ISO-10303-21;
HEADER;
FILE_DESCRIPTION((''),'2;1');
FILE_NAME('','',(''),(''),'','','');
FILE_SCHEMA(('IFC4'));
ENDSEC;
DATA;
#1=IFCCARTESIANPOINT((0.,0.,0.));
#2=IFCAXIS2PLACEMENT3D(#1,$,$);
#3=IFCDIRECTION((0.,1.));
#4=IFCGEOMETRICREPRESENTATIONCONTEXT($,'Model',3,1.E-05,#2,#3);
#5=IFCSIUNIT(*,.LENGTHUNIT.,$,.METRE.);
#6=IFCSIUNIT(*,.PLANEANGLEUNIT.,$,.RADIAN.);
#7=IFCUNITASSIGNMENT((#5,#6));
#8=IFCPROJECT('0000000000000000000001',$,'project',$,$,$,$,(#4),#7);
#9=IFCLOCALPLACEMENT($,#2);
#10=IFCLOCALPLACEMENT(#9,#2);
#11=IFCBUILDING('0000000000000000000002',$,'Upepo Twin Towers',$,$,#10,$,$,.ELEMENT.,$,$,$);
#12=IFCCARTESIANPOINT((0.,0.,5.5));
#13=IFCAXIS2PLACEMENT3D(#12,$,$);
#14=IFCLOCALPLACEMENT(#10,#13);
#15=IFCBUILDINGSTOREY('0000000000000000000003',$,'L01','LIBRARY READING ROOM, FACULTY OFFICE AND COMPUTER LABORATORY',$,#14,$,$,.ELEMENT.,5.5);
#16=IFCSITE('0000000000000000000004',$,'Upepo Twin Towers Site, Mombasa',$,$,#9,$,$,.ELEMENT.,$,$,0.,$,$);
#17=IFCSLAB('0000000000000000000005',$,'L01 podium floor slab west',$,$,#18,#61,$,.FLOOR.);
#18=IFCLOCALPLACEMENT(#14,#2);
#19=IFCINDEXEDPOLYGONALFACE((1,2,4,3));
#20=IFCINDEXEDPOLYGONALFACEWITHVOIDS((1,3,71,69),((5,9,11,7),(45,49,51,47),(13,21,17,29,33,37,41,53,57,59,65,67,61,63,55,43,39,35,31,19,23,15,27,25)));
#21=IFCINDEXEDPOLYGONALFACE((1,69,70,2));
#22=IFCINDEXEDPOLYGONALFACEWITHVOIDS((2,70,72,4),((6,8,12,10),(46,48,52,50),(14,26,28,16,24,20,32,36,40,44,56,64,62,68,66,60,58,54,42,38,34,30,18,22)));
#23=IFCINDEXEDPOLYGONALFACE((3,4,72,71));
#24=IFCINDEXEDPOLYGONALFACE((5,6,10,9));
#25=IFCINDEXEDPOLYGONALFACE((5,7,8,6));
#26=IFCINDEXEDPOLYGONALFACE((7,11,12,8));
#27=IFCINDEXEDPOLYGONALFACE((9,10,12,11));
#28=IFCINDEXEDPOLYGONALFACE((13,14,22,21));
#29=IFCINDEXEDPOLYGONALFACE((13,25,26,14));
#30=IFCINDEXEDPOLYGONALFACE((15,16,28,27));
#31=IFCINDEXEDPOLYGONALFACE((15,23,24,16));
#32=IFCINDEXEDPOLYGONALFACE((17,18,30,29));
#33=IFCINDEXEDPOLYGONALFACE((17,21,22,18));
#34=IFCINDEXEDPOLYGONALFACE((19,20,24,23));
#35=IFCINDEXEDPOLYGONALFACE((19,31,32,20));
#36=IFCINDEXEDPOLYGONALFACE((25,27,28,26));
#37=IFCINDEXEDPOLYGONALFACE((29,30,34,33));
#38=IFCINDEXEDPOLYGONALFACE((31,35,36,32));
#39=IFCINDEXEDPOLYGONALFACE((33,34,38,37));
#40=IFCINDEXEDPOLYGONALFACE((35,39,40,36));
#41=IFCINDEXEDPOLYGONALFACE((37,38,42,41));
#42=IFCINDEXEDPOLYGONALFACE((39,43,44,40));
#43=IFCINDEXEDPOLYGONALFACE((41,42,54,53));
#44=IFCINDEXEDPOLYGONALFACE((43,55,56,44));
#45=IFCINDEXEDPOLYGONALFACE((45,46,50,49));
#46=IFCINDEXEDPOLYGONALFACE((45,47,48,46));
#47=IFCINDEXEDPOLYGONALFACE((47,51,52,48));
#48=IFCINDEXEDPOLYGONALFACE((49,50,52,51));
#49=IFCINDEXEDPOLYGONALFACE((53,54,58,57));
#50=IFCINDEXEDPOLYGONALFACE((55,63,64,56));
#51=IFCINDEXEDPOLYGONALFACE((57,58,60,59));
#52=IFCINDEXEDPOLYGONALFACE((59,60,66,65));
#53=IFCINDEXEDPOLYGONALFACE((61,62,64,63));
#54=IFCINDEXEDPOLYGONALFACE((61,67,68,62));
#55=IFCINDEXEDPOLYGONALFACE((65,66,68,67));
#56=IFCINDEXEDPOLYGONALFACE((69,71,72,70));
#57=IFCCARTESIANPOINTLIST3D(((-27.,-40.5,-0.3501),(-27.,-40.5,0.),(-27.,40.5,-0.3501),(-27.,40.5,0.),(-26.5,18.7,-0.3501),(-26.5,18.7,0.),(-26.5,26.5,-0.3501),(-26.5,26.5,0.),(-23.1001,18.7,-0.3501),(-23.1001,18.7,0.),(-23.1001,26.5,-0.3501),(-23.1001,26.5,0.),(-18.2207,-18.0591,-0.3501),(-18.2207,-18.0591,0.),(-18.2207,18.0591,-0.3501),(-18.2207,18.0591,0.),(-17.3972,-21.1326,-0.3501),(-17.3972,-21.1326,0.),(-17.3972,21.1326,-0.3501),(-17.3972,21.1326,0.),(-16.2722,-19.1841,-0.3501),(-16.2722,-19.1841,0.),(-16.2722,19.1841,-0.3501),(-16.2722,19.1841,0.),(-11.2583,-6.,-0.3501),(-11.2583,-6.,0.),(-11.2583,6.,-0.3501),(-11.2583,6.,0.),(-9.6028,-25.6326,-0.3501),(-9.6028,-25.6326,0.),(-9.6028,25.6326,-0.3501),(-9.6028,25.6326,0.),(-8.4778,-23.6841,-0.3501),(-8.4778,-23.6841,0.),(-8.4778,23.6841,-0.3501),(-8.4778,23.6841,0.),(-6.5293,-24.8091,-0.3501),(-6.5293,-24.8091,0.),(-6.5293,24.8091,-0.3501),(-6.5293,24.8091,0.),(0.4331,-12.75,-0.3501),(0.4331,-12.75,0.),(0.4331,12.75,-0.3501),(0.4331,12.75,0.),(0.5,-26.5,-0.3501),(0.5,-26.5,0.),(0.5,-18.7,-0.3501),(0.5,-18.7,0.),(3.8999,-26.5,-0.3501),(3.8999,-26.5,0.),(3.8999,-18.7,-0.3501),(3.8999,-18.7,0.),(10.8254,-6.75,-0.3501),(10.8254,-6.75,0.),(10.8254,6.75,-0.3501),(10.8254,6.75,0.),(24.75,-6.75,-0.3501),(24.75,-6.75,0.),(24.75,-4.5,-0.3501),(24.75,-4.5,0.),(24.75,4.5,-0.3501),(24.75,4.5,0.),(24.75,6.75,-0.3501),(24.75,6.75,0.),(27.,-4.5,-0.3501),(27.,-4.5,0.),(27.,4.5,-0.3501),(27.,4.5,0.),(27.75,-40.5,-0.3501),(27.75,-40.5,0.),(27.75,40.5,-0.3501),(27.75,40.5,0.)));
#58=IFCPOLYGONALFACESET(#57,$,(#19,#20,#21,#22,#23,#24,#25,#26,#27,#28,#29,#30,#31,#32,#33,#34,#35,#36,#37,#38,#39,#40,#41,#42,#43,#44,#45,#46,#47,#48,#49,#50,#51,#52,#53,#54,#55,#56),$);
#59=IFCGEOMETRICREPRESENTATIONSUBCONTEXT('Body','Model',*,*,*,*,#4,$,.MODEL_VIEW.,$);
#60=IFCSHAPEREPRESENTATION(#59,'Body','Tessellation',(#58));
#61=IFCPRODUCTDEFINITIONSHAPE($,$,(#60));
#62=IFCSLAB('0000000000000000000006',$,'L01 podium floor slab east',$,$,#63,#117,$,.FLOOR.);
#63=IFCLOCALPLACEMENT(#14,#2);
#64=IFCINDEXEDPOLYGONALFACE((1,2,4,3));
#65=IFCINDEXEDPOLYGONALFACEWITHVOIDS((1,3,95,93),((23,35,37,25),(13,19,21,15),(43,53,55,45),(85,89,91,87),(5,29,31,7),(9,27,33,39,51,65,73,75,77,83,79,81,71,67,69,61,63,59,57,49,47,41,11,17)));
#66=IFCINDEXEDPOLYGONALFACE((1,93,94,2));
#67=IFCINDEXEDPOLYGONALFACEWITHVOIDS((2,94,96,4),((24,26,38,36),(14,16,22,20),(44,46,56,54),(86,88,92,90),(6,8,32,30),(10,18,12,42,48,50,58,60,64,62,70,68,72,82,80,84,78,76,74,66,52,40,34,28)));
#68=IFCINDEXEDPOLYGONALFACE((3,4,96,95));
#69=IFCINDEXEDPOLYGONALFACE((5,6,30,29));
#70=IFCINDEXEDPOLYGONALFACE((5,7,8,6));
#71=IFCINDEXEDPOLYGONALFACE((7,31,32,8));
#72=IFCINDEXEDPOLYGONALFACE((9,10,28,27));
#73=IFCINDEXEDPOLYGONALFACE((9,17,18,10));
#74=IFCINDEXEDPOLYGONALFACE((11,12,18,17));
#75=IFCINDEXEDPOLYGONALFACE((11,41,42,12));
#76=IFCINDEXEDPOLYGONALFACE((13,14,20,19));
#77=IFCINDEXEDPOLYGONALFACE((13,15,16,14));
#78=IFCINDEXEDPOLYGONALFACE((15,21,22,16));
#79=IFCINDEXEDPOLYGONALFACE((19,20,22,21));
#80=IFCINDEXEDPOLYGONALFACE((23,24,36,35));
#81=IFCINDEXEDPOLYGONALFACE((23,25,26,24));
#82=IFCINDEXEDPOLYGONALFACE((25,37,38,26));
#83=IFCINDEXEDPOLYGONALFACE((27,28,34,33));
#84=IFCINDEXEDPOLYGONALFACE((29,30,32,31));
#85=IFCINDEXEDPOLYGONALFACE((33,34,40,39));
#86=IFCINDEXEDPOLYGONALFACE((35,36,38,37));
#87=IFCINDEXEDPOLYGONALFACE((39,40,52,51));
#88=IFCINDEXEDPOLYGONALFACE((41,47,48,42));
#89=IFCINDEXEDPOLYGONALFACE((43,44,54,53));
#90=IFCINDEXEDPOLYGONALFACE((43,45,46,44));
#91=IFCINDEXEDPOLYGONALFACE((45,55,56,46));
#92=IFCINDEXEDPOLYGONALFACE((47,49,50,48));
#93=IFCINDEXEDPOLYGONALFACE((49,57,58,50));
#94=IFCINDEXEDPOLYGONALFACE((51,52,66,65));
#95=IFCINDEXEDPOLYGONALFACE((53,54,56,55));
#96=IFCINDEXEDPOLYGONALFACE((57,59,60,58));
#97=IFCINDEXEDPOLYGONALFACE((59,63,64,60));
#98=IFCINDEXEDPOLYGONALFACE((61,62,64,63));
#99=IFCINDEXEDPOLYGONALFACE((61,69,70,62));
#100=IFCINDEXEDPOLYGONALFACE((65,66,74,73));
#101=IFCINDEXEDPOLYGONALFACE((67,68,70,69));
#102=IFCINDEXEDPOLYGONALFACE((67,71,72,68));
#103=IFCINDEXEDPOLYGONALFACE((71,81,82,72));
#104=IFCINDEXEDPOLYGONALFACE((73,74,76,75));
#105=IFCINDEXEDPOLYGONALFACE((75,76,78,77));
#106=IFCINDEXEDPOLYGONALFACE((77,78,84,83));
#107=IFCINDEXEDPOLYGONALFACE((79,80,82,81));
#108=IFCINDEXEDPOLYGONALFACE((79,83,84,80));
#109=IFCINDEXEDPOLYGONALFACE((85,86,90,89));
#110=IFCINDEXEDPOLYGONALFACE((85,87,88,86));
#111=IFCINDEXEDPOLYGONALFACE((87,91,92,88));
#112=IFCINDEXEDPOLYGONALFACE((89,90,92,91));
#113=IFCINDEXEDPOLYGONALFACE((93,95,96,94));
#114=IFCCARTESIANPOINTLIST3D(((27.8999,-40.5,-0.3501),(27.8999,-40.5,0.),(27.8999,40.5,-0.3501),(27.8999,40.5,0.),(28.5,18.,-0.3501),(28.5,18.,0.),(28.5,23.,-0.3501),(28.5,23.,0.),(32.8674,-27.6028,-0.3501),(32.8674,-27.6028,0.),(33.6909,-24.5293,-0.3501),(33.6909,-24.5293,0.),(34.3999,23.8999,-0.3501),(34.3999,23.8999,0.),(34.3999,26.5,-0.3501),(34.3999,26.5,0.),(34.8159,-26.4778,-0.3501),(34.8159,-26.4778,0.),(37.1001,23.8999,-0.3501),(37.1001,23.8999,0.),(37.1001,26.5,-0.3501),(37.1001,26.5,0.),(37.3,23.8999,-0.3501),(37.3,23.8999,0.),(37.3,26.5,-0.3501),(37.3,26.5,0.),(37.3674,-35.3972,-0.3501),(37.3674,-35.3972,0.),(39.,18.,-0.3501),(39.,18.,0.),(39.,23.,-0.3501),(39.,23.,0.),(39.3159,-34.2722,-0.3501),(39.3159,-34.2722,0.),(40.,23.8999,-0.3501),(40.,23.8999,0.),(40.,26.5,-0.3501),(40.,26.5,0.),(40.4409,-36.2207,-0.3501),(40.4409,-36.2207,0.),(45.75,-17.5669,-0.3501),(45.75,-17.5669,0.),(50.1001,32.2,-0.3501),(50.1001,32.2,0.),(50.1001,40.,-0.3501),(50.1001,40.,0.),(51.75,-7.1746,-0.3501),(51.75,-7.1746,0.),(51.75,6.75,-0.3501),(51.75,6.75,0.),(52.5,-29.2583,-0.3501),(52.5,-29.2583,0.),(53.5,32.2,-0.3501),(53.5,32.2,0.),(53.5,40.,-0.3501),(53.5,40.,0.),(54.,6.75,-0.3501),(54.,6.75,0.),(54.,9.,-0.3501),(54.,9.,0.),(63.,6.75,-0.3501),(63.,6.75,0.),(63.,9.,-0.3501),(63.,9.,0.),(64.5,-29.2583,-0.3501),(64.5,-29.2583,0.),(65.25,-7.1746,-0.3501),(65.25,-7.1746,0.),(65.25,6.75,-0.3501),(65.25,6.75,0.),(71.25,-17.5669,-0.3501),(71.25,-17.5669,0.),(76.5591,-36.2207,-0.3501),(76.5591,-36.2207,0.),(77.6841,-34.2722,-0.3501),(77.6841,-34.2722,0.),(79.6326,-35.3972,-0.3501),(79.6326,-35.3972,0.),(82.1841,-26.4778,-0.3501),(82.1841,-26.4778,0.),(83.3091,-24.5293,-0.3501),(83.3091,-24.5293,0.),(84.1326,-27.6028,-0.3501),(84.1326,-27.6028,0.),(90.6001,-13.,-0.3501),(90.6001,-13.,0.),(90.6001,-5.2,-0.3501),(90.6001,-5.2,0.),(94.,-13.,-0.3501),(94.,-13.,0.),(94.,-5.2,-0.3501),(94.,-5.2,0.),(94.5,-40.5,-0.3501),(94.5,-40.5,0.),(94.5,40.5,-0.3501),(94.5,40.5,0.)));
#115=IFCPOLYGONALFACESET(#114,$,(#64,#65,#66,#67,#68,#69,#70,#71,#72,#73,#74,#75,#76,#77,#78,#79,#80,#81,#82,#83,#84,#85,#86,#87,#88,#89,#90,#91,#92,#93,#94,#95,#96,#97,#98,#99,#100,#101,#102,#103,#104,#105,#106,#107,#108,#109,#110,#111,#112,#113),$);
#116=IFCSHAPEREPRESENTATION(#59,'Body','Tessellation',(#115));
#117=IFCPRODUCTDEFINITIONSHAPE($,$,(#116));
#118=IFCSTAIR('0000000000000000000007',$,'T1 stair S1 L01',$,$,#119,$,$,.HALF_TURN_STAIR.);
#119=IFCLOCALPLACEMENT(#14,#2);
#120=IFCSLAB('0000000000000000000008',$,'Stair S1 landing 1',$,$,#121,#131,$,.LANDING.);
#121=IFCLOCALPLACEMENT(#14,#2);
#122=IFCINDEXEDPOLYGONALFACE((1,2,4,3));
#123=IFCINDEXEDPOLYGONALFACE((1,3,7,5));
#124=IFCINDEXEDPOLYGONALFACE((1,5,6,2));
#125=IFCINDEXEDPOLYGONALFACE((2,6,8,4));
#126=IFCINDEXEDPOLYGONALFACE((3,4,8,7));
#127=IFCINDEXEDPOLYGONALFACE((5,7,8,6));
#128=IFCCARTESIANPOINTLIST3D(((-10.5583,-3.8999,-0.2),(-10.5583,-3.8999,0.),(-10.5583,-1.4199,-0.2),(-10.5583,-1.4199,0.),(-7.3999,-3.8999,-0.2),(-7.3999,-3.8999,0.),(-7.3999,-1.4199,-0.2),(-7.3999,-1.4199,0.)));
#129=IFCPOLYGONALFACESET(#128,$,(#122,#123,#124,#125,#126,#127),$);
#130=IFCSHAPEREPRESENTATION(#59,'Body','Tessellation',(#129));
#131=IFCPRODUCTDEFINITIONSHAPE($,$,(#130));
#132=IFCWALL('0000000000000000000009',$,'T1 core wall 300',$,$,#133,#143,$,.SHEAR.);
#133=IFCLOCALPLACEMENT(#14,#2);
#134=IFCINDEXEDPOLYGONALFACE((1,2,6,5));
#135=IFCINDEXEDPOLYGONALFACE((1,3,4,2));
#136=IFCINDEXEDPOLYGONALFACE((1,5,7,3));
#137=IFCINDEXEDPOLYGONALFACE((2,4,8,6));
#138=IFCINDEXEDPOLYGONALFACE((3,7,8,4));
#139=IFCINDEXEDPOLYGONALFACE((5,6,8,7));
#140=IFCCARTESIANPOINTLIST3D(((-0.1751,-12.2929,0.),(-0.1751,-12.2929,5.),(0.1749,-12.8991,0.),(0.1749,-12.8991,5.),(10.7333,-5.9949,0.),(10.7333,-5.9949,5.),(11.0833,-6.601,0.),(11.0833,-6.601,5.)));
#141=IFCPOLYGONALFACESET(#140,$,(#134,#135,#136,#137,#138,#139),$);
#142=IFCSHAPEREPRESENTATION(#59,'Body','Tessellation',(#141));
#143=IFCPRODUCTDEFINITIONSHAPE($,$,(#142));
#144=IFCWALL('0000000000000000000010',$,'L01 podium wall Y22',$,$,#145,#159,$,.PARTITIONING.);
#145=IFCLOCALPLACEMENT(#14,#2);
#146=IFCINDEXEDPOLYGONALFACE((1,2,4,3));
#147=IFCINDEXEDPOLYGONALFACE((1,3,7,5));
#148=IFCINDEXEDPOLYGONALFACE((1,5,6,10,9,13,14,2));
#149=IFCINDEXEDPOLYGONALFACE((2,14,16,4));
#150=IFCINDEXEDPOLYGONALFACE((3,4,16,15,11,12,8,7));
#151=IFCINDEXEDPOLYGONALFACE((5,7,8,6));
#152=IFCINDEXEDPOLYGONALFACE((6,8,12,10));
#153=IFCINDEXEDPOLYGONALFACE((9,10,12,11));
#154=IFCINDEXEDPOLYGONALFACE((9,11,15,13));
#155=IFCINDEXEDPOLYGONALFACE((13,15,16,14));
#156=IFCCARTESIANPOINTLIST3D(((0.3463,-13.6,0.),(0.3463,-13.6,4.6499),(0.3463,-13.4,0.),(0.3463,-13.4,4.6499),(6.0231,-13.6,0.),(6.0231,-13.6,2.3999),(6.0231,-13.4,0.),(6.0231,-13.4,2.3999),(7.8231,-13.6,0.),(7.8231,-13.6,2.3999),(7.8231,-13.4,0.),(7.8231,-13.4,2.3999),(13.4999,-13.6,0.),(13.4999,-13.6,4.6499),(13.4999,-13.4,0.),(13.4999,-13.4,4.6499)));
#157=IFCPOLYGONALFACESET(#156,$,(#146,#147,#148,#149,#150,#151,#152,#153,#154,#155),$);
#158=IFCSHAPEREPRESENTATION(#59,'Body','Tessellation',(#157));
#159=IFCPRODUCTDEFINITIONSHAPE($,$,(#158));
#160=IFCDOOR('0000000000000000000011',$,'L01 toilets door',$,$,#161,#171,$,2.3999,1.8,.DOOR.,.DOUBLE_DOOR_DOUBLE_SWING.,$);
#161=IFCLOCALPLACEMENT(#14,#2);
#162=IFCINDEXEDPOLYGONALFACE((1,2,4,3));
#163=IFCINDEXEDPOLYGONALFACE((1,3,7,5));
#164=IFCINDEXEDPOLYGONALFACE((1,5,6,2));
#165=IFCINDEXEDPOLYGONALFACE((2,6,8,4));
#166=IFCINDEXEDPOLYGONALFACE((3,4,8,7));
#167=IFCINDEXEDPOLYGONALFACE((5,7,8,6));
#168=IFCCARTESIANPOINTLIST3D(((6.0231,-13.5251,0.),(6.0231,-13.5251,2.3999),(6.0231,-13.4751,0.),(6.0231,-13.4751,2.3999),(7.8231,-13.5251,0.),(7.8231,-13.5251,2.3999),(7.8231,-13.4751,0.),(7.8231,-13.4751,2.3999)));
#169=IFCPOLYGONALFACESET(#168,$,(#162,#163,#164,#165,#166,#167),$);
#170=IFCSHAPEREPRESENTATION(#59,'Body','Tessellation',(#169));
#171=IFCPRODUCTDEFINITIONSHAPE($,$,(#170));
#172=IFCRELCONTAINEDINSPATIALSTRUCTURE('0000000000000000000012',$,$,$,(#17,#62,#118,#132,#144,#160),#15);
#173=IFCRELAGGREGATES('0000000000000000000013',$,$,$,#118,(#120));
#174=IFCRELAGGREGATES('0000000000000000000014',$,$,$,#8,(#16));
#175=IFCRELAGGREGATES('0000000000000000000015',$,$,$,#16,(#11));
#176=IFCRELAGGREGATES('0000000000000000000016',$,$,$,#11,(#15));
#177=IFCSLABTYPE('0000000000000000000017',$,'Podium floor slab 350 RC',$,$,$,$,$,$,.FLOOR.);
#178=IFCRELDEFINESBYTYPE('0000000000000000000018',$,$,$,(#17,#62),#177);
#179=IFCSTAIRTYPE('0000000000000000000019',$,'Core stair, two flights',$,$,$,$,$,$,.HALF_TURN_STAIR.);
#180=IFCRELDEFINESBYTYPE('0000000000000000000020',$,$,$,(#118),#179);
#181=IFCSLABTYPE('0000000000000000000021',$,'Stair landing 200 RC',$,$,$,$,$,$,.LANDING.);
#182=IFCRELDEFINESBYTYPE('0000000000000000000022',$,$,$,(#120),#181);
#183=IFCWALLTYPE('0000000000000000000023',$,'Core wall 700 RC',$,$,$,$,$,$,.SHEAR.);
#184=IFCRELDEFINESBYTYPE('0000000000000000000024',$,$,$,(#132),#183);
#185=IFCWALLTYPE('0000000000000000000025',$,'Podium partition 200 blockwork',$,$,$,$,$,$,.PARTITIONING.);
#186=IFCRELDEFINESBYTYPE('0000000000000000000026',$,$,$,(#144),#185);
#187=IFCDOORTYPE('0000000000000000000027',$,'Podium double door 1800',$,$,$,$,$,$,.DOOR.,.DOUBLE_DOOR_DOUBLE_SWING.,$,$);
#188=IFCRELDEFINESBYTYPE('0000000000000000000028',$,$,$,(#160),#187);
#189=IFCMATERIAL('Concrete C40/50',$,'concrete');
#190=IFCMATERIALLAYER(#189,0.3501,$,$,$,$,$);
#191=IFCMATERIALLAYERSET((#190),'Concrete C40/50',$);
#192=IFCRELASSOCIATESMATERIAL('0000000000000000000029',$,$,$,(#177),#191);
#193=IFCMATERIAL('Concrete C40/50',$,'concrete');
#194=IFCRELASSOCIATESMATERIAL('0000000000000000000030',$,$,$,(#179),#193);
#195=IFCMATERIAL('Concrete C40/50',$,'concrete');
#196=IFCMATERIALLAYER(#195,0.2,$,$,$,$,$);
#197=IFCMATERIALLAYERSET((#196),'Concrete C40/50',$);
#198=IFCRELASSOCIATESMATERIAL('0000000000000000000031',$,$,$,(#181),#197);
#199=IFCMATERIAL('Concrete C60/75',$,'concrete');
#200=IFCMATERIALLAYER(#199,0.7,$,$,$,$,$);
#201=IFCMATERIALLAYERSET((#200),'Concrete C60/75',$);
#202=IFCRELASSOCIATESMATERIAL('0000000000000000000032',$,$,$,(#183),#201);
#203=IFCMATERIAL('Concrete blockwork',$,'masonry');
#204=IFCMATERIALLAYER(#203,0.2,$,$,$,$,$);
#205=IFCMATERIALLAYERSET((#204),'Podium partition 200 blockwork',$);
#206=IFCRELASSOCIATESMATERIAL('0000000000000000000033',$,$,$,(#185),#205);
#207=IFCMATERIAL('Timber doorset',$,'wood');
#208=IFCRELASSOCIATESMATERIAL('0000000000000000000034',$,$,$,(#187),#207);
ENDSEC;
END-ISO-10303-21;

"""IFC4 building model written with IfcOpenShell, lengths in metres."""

from ifc_helpers import new_model, si_unit, direction, frame, frame_2d, origin, place, context, subcontext, project, spatial, polyline, rectangle, outline, extrude, material, layer, layer_set, type_object, element, fill, aggregate, save


model = new_model("IFC4")

# Units and contexts
model_context = context("Model", 3, precision=1e-05, world=origin(), true_north=direction((0.0, 1.0)))
body_context = subcontext(model_context, "Body", "Model", "MODEL_VIEW")
ifc_project = project(units=[si_unit("LENGTHUNIT", "METRE"), si_unit("PLANEANGLEUNIT", "RADIAN")], contexts=[model_context])

# Site, building, storey
site_placement = place(None, origin())
site = spatial("IfcSite", under=ifc_project, at=site_placement, Name="Upepo Twin Towers Site, Mombasa", CompositionType="ELEMENT", RefElevation=0.0)
building_placement = place(site_placement, origin())
building = spatial("IfcBuilding", under=site, at=building_placement, Name="Upepo Twin Towers", CompositionType="ELEMENT")
storey_placement = place(building_placement, frame((0.0, 0.0, 5.5)))
storey = spatial("IfcBuildingStorey", under=building, at=storey_placement, Name="L01", Description="LIBRARY READING ROOM, FACULTY OFFICE AND COMPUTER LABORATORY", CompositionType="ELEMENT", Elevation=5.5)

# Slabs
ifc_material_1 = material(Name="Concrete C40/50", Category="concrete")
ifc_layer_1 = layer(ifc_material_1, 0.3501)
ifc_layer_set_1 = layer_set([ifc_layer_1], Name="Concrete C40/50")
slab_type_1 = type_object("IfcSlabType", Name="Podium floor slab 350 RC", PredefinedType="FLOOR", material=ifc_layer_set_1)
slab_1_placement = place(storey_placement, frame((0.0, 0.0, -0.3501)))
element("IfcSlab", 1, at=slab_1_placement, inside=storey, type_object=slab_type_1, Name="L01 podium floor slab west", PredefinedType="FLOOR", context=body_context, shape_type="SweptSolid", body=[
    extrude(outline(polyline([(27.75, 40.5), (27.75, -40.5), (-27.0, -40.5), (-27.0, 40.5), (27.75, 40.5)]), holes=[polyline([(-8.4778, -23.6841), (-9.6028, -25.6326), (-17.3972, -21.1326), (-16.2722, -19.1841), (-18.2207, -18.0591), (-11.2583, -6.0), (-11.2583, 6.0), (-18.2207, 18.0591), (-16.2722, 19.1841), (-17.3972, 21.1326), (-9.6028, 25.6326), (-8.4778, 23.6841), (-6.5293, 24.8091), (0.4331, 12.75), (10.8254, 6.75), (24.75, 6.75), (24.75, 4.5), (27.0, 4.5), (27.0, -4.5), (24.75, -4.5), (24.75, -6.75), (10.8254, -6.75), (0.4331, -12.75), (-6.5293, -24.8091), (-8.4778, -23.6841)]), polyline([(-23.1001, 18.7), (-23.1001, 26.5), (-26.5, 26.5), (-26.5, 18.7), (-23.1001, 18.7)]), polyline([(3.8999, -26.5), (3.8999, -18.7), (0.5, -18.7), (0.5, -26.5), (3.8999, -26.5)])]), origin(), (0.0, 0.0, 1.0), 0.3501),
])
slab_2_placement = place(storey_placement, frame((0.0, 0.0, -0.3501)))
element("IfcSlab", 2, at=slab_2_placement, inside=storey, type_object=slab_type_1, Name="L01 podium floor slab east", PredefinedType="FLOOR", context=body_context, shape_type="SweptSolid", body=[
    extrude(outline(polyline([(94.5, -40.5), (27.8999, -40.5), (27.8999, 40.5), (94.5, 40.5), (94.5, -40.5)]), holes=[polyline([(82.1841, -26.4778), (84.1326, -27.6028), (79.6326, -35.3972), (77.6841, -34.2722), (76.5591, -36.2207), (64.5, -29.2583), (52.5, -29.2583), (40.4409, -36.2207), (39.3159, -34.2722), (37.3674, -35.3972), (32.8674, -27.6028), (34.8159, -26.4778), (33.6909, -24.5293), (45.75, -17.5669), (51.75, -7.1746), (51.75, 6.75), (54.0, 6.75), (54.0, 9.0), (63.0, 9.0), (63.0, 6.75), (65.25, 6.75), (65.25, -7.1746), (71.25, -17.5669), (83.3091, -24.5293), (82.1841, -26.4778)]), polyline([(94.0, -13.0), (94.0, -5.2), (90.6001, -5.2), (90.6001, -13.0), (94.0, -13.0)]), polyline([(53.5, 32.2), (53.5, 40.0), (50.1001, 40.0), (50.1001, 32.2), (53.5, 32.2)]), polyline([(40.0, 23.8999), (40.0, 26.5), (37.3, 26.5), (37.3, 23.8999), (40.0, 23.8999)]), polyline([(37.1001, 23.8999), (37.1001, 26.5), (34.3999, 26.5), (34.3999, 23.8999), (37.1001, 23.8999)]), polyline([(39.0, 18.0), (39.0, 23.0), (28.5, 23.0), (28.5, 18.0), (39.0, 18.0)])]), origin(), (0.0, 0.0, 1.0), 0.3501),
])

# Stair, slab
ifc_material_2 = material(Name="Concrete C40/50", Category="concrete")
stair_type = type_object("IfcStairType", Name="Core stair, two flights", PredefinedType="HALF_TURN_STAIR", material=ifc_material_2)
stair_1_placement = place(storey_placement, origin())
stair_1 = element("IfcStair", 3, at=stair_1_placement, inside=storey, type_object=stair_type, Name="T1 stair S1 L01", PredefinedType="HALF_TURN_STAIR")
ifc_material_3 = material(Name="Concrete C40/50", Category="concrete")
ifc_layer_2 = layer(ifc_material_3, 0.2)
ifc_layer_set_2 = layer_set([ifc_layer_2], Name="Concrete C40/50")
slab_type_2 = type_object("IfcSlabType", Name="Stair landing 200 RC", PredefinedType="LANDING", material=ifc_layer_set_2)
slab_3_placement = place(storey_placement, frame((0.0, 0.0, -0.2)))
slab_3 = element("IfcSlab", 4, at=slab_3_placement, type_object=slab_type_2, Name="Stair S1 landing 1", PredefinedType="LANDING", context=body_context, shape_type="SweptSolid", body=[
    extrude(outline(polyline([(-7.3999, -1.4199), (-10.5583, -1.4199), (-10.5583, -3.8999), (-7.3999, -3.8999), (-7.3999, -1.4199)])), origin(), (0.0, 0.0, 1.0), 0.2),
])
aggregate(stair_1, [slab_3])

# Wall
ifc_material_4 = material(Name="Concrete C60/75", Category="concrete")
ifc_layer_3 = layer(ifc_material_4, 0.7)
ifc_layer_set_3 = layer_set([ifc_layer_3], Name="Concrete C60/75")
wall_type_1 = type_object("IfcWallType", Name="Core wall 700 RC", PredefinedType="SHEAR", material=ifc_layer_set_3)
wall_1_placement = place(storey_placement, frame((0.0, -12.5959, 0.0), z_axis=(0.0, 0.0, 1.0), x_axis=(0.866022, 0.500006, 0.0)))
element("IfcWall", 5, at=wall_1_placement, inside=storey, type_object=wall_type_1, Name="T1 core wall 300", PredefinedType="SHEAR", context=body_context, shape_type="SweptSolid", body=[
    extrude(rectangle(XDim=12.5959, YDim=0.7, at=frame_2d((6.2979, 0.0))), origin(), (0.0, 0.0, 1.0), 5.0),
])

# Wall, opening, door
ifc_material_5 = material(Name="Concrete blockwork", Category="masonry")
ifc_layer_4 = layer(ifc_material_5, 0.2)
ifc_layer_set_4 = layer_set([ifc_layer_4], Name="Podium partition 200 blockwork")
wall_type_2 = type_object("IfcWallType", Name="Podium partition 200 blockwork", PredefinedType="PARTITIONING", material=ifc_layer_set_4)
wall_2_placement = place(storey_placement, frame((0.3464, -13.5, 0.0), z_axis=(0.0, 0.0, 1.0), x_axis=(1.0, 0.0, 0.0)))
wall_2 = element("IfcWall", 6, at=wall_2_placement, inside=storey, type_object=wall_type_2, Name="L01 podium wall Y22", PredefinedType="PARTITIONING", context=body_context, shape_type="SweptSolid", body=[
    extrude(rectangle(XDim=13.1536, YDim=0.2, at=frame_2d((6.5767, 0.0))), origin(), (0.0, 0.0, 1.0), 4.6499),
])
opening_1_placement = place(wall_2_placement, frame((5.6768, 0.0, 0.0)))
opening_1 = element("IfcOpeningElement", 7, at=opening_1_placement, cuts=wall_2, PredefinedType="OPENING", context=body_context, shape_type="SweptSolid", body=[
    extrude(rectangle(XDim=1.8, YDim=2.3999, at=frame_2d((0.8999, 1.2))), frame((0.0, 0.1099, 0.0), z_axis=(0.0, -1.0, 0.0), x_axis=(1.0, 0.0, 0.0)), (0.0, 0.0, 1.0), 0.22),
])
ifc_material_6 = material(Name="Timber doorset", Category="wood")
door_type_1 = type_object("IfcDoorType", Name="Podium double door 1800", OperationType="DOUBLE_DOOR_DOUBLE_SWING", PredefinedType="DOOR", material=ifc_material_6)
door_1_placement = place(opening_1_placement, origin())
door_1 = element("IfcDoor", 8, at=door_1_placement, inside=storey, type_object=door_type_1, Name="L01 toilets door", OperationType="DOUBLE_DOOR_DOUBLE_SWING", OverallHeight=2.3999, OverallWidth=1.8, PredefinedType="DOOR", context=body_context, shape_type="SweptSolid", body=[
    extrude(rectangle(XDim=1.8, YDim=2.3999, at=frame_2d((0.8999, 1.2))), frame((0.0, 0.0249, 0.0), z_axis=(0.0, -1.0, 0.0), x_axis=(1.0, 0.0, 0.0)), (0.0, 0.0, 1.0), 0.05),
])
fill(opening_1, door_1)

save(model, "model.ifc")
